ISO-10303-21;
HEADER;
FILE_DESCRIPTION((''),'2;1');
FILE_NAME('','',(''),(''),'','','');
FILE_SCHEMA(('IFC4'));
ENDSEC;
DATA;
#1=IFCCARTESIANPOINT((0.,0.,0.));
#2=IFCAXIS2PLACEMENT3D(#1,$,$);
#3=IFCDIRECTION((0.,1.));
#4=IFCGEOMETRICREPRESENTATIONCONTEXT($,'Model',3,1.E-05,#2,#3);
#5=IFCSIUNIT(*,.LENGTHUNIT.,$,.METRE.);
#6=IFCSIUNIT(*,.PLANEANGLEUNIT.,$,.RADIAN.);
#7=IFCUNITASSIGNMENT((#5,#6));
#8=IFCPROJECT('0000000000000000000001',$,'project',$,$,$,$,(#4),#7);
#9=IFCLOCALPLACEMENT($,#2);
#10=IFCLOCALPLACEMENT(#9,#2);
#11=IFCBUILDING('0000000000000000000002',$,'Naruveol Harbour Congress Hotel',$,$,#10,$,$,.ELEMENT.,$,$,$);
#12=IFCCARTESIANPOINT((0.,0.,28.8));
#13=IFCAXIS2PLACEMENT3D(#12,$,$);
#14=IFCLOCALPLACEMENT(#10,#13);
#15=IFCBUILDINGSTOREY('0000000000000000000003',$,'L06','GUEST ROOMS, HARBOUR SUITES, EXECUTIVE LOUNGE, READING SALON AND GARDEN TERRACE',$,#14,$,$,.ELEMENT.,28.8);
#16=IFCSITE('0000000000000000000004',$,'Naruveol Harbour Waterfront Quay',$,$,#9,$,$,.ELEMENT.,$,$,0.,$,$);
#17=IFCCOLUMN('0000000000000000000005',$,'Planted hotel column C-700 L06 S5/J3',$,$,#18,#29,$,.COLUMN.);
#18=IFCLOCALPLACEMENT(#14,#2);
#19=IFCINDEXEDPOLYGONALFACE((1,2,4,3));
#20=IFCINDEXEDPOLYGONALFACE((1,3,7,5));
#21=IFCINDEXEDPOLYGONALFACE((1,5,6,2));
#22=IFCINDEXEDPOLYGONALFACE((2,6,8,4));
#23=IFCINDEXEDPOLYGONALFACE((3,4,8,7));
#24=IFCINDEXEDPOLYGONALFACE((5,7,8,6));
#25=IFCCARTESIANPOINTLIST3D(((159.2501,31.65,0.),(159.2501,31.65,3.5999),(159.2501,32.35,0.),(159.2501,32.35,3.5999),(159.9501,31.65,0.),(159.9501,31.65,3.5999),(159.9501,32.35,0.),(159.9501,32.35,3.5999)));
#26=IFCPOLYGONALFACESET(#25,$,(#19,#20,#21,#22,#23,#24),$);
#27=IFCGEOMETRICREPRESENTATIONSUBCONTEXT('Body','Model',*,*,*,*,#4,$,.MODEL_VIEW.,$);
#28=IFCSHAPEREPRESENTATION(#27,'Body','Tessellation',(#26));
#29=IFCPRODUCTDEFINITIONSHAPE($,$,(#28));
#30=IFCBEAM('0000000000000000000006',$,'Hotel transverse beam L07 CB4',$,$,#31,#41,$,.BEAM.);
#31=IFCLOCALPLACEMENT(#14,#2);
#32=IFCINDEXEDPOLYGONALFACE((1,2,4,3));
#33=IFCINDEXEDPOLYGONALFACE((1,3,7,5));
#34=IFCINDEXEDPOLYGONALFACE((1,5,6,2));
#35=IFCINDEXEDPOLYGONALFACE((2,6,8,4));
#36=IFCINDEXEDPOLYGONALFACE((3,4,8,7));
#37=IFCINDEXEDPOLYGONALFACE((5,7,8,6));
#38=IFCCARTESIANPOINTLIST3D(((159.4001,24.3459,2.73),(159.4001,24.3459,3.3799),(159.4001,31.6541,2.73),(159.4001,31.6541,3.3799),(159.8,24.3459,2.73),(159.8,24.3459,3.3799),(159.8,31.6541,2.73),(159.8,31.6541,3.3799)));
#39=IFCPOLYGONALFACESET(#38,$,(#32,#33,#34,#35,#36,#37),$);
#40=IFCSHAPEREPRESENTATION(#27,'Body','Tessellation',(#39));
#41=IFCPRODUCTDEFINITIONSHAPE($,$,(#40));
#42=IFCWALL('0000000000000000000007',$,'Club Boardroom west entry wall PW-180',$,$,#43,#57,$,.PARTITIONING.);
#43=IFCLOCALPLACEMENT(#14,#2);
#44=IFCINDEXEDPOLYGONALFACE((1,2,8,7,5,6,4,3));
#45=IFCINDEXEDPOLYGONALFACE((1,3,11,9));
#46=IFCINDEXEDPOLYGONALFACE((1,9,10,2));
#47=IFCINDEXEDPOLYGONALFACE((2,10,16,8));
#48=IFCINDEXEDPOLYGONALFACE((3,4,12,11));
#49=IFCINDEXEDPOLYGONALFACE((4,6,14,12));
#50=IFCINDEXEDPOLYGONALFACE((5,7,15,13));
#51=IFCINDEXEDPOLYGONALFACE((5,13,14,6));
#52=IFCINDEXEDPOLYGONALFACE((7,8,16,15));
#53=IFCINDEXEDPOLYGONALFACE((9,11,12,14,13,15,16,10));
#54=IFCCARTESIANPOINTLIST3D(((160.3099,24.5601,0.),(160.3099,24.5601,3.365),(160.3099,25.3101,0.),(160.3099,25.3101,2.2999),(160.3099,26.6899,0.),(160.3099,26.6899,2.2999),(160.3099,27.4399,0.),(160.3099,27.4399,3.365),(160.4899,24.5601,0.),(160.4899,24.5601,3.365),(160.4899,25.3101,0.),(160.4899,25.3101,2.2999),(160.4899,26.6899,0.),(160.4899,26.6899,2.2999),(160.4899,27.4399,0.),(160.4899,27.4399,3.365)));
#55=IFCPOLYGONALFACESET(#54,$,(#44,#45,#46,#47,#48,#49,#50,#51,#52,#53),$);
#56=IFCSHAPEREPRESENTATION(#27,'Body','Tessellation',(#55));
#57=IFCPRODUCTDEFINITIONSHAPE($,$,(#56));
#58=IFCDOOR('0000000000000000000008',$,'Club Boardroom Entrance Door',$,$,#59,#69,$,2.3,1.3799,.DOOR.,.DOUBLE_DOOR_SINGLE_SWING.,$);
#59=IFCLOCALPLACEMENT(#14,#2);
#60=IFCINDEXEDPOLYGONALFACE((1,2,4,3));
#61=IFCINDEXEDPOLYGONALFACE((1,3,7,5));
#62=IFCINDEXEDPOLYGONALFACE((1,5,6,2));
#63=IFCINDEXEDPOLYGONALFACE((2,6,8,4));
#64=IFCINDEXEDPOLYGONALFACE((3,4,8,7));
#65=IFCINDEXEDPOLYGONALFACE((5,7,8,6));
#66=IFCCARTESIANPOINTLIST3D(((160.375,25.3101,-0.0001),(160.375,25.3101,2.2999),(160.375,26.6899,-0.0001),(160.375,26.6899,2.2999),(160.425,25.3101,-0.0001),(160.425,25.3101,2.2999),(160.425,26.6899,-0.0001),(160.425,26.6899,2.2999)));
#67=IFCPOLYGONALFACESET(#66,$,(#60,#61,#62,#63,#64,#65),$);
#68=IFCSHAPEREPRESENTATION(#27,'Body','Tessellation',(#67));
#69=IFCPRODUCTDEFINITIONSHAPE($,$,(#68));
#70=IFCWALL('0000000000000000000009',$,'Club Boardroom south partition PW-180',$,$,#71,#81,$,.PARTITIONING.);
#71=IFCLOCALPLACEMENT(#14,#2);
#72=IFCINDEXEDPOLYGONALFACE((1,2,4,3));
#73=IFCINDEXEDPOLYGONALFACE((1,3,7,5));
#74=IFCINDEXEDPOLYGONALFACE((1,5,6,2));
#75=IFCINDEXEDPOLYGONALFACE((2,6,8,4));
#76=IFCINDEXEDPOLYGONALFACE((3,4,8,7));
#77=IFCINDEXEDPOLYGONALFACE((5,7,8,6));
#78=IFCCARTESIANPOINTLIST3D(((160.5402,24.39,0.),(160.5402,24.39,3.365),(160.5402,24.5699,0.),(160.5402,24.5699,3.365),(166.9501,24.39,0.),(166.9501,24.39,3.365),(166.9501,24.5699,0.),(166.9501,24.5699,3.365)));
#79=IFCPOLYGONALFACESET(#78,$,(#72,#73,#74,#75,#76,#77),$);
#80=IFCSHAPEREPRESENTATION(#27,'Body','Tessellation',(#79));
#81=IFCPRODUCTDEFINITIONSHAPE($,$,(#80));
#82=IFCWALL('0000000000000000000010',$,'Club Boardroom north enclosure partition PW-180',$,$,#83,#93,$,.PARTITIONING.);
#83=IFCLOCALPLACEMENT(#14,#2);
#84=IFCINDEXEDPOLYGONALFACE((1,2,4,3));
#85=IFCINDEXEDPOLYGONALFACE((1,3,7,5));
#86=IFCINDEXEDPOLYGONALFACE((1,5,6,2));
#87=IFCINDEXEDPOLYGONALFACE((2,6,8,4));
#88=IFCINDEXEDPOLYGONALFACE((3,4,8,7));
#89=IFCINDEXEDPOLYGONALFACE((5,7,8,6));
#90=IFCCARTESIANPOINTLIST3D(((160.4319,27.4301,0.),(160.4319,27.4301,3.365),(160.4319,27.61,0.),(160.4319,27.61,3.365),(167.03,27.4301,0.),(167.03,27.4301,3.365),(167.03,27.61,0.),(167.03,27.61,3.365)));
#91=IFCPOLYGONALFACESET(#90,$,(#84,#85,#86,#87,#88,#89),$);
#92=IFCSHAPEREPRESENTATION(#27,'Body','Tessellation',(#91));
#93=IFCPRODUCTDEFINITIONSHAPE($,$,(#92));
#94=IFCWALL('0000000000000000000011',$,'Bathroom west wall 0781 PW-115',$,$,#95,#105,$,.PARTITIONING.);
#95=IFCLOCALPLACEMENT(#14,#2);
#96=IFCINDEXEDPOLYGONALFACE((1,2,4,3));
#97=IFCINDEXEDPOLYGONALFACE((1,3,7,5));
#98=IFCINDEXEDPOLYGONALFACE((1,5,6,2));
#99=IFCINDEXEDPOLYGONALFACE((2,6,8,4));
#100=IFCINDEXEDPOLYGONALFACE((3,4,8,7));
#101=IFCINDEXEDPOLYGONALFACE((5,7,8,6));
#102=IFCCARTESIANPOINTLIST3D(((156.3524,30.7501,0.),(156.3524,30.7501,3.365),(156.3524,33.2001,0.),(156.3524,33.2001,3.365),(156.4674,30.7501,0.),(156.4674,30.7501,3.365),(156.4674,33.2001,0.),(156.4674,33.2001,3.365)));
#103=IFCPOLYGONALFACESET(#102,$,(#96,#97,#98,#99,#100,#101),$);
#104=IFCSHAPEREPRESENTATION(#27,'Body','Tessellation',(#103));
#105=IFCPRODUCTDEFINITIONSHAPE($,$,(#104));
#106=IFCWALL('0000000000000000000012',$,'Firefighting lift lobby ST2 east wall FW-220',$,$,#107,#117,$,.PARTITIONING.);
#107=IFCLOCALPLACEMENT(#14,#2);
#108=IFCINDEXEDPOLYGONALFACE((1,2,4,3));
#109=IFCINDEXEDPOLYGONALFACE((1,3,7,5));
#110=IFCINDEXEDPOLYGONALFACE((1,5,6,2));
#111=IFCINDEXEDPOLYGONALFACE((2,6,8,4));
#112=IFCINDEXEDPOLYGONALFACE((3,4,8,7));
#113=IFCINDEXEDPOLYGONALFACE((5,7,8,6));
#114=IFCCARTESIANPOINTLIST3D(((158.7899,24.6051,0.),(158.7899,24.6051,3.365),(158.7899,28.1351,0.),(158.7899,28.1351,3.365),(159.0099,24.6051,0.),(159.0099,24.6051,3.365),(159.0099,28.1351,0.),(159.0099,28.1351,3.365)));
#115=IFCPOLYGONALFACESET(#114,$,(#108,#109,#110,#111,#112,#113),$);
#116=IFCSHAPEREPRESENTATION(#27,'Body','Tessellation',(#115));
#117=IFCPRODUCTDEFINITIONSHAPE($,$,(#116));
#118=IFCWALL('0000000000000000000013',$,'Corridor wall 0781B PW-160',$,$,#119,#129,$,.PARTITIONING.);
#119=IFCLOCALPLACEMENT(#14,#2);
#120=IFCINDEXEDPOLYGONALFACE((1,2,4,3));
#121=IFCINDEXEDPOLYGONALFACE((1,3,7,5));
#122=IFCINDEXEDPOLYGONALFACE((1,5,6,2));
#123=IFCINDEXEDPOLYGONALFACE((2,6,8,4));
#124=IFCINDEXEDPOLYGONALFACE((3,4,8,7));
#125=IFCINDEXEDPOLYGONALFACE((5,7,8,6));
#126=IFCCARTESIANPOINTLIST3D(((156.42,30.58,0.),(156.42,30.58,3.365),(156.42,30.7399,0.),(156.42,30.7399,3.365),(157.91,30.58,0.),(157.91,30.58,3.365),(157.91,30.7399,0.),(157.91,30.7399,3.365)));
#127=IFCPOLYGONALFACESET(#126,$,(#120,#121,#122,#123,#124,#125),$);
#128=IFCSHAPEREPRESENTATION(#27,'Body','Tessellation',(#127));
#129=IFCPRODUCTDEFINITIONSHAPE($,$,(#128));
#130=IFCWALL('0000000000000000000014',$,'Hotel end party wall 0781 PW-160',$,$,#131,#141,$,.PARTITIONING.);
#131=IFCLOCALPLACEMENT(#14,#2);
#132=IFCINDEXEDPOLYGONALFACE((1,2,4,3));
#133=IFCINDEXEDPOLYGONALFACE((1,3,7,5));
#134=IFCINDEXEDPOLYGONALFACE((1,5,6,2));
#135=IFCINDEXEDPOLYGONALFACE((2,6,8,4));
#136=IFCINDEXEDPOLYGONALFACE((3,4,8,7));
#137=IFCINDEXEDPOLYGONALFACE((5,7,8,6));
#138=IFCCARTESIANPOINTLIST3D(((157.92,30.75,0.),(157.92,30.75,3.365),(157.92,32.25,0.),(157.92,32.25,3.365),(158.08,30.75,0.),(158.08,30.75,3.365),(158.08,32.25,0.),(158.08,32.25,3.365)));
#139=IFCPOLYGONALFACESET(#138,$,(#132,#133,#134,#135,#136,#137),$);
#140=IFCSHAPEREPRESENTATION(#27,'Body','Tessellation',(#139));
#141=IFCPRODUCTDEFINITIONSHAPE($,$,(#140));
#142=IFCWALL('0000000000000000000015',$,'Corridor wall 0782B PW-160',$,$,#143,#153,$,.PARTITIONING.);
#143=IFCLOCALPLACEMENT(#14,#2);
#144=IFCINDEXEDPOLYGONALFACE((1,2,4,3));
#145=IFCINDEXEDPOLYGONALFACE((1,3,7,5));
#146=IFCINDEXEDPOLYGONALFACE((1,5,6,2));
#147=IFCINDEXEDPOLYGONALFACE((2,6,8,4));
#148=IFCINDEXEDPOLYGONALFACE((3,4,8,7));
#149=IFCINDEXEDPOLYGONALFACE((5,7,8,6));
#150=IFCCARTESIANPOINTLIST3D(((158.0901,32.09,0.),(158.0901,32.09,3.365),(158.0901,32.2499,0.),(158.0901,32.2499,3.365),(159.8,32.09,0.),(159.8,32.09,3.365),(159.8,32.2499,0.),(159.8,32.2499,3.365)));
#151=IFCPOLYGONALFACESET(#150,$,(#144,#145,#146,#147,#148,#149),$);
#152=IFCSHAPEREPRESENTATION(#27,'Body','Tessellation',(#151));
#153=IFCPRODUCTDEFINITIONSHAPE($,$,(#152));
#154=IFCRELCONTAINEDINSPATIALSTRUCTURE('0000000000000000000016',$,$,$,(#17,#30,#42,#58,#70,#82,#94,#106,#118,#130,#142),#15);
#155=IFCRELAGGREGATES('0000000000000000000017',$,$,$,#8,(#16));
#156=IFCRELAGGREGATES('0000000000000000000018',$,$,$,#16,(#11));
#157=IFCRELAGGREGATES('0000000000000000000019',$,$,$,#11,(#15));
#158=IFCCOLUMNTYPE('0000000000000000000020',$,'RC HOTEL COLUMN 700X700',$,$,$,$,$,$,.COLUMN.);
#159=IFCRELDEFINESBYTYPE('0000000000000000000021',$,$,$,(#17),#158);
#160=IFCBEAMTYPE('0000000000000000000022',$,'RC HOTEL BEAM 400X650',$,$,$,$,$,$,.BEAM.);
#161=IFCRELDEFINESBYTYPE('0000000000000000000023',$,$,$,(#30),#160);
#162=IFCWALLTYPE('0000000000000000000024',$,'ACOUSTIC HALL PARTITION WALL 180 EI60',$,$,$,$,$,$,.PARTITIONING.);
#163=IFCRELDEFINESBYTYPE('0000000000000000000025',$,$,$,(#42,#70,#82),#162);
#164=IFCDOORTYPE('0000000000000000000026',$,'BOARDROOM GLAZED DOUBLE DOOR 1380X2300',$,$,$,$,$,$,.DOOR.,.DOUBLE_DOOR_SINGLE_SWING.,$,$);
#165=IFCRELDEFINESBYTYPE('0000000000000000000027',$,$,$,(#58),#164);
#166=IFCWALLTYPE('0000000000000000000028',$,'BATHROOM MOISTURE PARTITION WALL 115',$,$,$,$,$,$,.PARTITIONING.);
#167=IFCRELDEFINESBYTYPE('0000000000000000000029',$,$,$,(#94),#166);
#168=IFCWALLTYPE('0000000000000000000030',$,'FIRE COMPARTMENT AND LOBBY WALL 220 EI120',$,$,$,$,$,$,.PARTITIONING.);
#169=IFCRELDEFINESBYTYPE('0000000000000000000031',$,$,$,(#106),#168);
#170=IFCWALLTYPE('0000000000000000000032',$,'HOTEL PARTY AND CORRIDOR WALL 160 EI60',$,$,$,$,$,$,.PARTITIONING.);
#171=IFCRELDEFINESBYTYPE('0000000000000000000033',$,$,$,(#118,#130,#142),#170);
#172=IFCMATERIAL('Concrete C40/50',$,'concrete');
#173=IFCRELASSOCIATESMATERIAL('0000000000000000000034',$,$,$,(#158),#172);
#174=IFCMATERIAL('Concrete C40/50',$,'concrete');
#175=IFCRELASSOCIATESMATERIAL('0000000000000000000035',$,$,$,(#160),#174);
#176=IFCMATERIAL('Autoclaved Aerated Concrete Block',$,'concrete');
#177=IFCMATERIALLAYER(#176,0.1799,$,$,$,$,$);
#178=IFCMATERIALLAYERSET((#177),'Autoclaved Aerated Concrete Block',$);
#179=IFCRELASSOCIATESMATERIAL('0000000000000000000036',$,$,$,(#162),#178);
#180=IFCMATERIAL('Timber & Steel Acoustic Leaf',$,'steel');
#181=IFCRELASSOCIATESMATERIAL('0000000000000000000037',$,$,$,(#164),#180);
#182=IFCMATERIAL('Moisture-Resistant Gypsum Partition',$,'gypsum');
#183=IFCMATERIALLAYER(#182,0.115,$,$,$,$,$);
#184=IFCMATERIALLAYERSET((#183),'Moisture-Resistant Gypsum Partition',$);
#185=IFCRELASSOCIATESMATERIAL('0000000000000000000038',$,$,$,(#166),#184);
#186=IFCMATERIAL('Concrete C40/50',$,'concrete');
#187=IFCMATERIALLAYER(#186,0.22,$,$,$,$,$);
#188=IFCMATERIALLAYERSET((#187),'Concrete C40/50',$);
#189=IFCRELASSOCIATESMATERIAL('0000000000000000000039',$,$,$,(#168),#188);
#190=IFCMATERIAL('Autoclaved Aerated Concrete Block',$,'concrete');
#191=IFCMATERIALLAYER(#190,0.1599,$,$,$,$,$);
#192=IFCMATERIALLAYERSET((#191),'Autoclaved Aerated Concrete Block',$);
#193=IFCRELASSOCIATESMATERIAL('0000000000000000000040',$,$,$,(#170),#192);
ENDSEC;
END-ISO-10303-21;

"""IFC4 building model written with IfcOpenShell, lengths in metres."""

from ifc_helpers import new_model, si_unit, direction, frame, frame_2d, origin, origin_2d, place, context, subcontext, project, spatial, rectangle, extrude, material, layer, layer_set, material_profile, profile_set, type_object, element, fill, save


model = new_model("IFC4")

# Units and contexts
model_context = context("Model", 3, precision=1e-05, world=origin(), true_north=direction((0.0, 1.0)))
body_context = subcontext(model_context, "Body", "Model", "MODEL_VIEW")
ifc_project = project(units=[si_unit("LENGTHUNIT", "METRE"), si_unit("PLANEANGLEUNIT", "RADIAN")], contexts=[model_context])

# Site, building, storey
site_placement = place(None, origin())
site = spatial("IfcSite", under=ifc_project, at=site_placement, Name="Naruveol Harbour Waterfront Quay", CompositionType="ELEMENT", RefElevation=0.0)
building_placement = place(site_placement, origin())
building = spatial("IfcBuilding", under=site, at=building_placement, Name="Naruveol Harbour Congress Hotel", CompositionType="ELEMENT")
storey_placement = place(building_placement, frame((0.0, 0.0, 28.8)))
storey = spatial("IfcBuildingStorey", under=building, at=storey_placement, Name="L06", Description="GUEST ROOMS, HARBOUR SUITES, EXECUTIVE LOUNGE, READING SALON AND GARDEN TERRACE", CompositionType="ELEMENT", Elevation=28.8)

# Column
ifc_material_1 = material(Name="Concrete C40/50", Category="concrete")
ifc_material_profile_1 = material_profile(ifc_material_1, rectangle(XDim=0.7, YDim=0.7, at=origin_2d()), Name="RC-700x700")
ifc_profile_set_1 = profile_set([ifc_material_profile_1], Name="Concrete C40/50")
column_type = type_object("IfcColumnType", Name="RC HOTEL COLUMN 700X700", PredefinedType="COLUMN", material=ifc_profile_set_1)
column_placement = place(storey_placement, frame((159.6001, 32.0, 0.0), z_axis=(0.0, 0.0, 1.0), x_axis=(1.0, 0.0, 0.0)))
element("IfcColumn", 1, at=column_placement, inside=storey, type_object=column_type, Name="Planted hotel column C-700 L06 S5/J3", PredefinedType="COLUMN", context=body_context, shape_type="SweptSolid", body=[
    extrude(rectangle(XDim=0.7, YDim=0.7, at=origin_2d()), origin(), (0.0, 0.0, 1.0), 3.5999),
])

# Beam
ifc_material_2 = material(Name="Concrete C40/50", Category="concrete")
ifc_material_profile_2 = material_profile(ifc_material_2, rectangle(XDim=0.3999, YDim=0.6499, at=origin_2d()), Name="RCB-400x650")
ifc_profile_set_2 = profile_set([ifc_material_profile_2], Name="Concrete C40/50")
beam_type = type_object("IfcBeamType", Name="RC HOTEL BEAM 400X650", PredefinedType="BEAM", material=ifc_profile_set_2)
beam_placement = place(storey_placement, frame((159.6001, 24.3459, 3.0549), z_axis=(0.0, 1.0, 0.0), x_axis=(-1.0, 0.0, 0.0)))
element("IfcBeam", 2, at=beam_placement, inside=storey, type_object=beam_type, Name="Hotel transverse beam L07 CB4", PredefinedType="BEAM", context=body_context, shape_type="SweptSolid", body=[
    extrude(rectangle(XDim=0.3999, YDim=0.6499, at=origin_2d()), origin(), (0.0, 0.0, 1.0), 7.3081),
])

# Wall, opening, door
ifc_material_3 = material(Name="Autoclaved Aerated Concrete Block", Category="concrete")
ifc_layer_1 = layer(ifc_material_3, 0.1799)
ifc_layer_set_1 = layer_set([ifc_layer_1], Name="Autoclaved Aerated Concrete Block")
wall_type_1 = type_object("IfcWallType", Name="ACOUSTIC HALL PARTITION WALL 180 EI60", PredefinedType="PARTITIONING", material=ifc_layer_set_1)
wall_1_placement = place(storey_placement, frame((160.3999, 24.5601, 0.0), z_axis=(0.0, 0.0, 1.0), x_axis=(0.0, 1.0, 0.0)))
wall_1 = element("IfcWall", 3, at=wall_1_placement, inside=storey, type_object=wall_type_1, Name="Club Boardroom west entry wall PW-180", PredefinedType="PARTITIONING", context=body_context, shape_type="SweptSolid", body=[
    extrude(rectangle(XDim=2.8799, YDim=0.1799, at=frame_2d((1.4399, 0.0))), origin(), (0.0, 0.0, 1.0), 3.365),
])
opening_1_placement = place(wall_1_placement, frame((0.75, 0.0, 0.0)))
opening_1 = element("IfcOpeningElement", 4, at=opening_1_placement, cuts=wall_1, PredefinedType="OPENING", context=body_context, shape_type="SweptSolid", body=[
    extrude(rectangle(XDim=1.3799, YDim=2.3, at=frame_2d((0.6899, 1.1499))), frame((0.0, 0.0999, 0.0), z_axis=(0.0, -1.0, 0.0), x_axis=(1.0, 0.0, 0.0)), (0.0, 0.0, 1.0), 0.2),
])
ifc_material_4 = material(Name="Timber & Steel Acoustic Leaf", Category="steel")
door_type_1 = type_object("IfcDoorType", Name="BOARDROOM GLAZED DOUBLE DOOR 1380X2300", OperationType="DOUBLE_DOOR_SINGLE_SWING", PredefinedType="DOOR", material=ifc_material_4)
door_1_placement = place(opening_1_placement, origin())
door_1 = element("IfcDoor", 5, at=door_1_placement, inside=storey, type_object=door_type_1, Name="Club Boardroom Entrance Door", OperationType="DOUBLE_DOOR_SINGLE_SWING", OverallHeight=2.3, OverallWidth=1.3799, PredefinedType="DOOR", context=body_context, shape_type="SweptSolid", body=[
    extrude(rectangle(XDim=1.3799, YDim=2.3, at=frame_2d((0.6899, 1.1499))), frame((0.0, 0.0249, 0.0), z_axis=(0.0, -1.0, 0.0), x_axis=(1.0, 0.0, 0.0)), (0.0, 0.0, 1.0), 0.05),
])
fill(opening_1, door_1)

# Walls
wall_2_placement = place(storey_placement, frame((160.54, 24.48, 0.0), z_axis=(0.0, 0.0, 1.0), x_axis=(1.0, 0.0, 0.0)))
element("IfcWall", 6, at=wall_2_placement, inside=storey, type_object=wall_type_1, Name="Club Boardroom south partition PW-180", PredefinedType="PARTITIONING", context=body_context, shape_type="SweptSolid", body=[
    extrude(rectangle(XDim=6.4099, YDim=0.1799, at=frame_2d((3.2051, 0.0))), origin(), (0.0, 0.0, 1.0), 3.365),
])
wall_3_placement = place(storey_placement, frame((160.4319, 27.52, 0.0), z_axis=(0.0, 0.0, 1.0), x_axis=(1.0, 0.0, 0.0)))
element("IfcWall", 7, at=wall_3_placement, inside=storey, type_object=wall_type_1, Name="Club Boardroom north enclosure partition PW-180", PredefinedType="PARTITIONING", context=body_context, shape_type="SweptSolid", body=[
    extrude(rectangle(XDim=6.5981, YDim=0.1799, at=frame_2d((3.2991, 0.0))), origin(), (0.0, 0.0, 1.0), 3.365),
])
ifc_material_5 = material(Name="Moisture-Resistant Gypsum Partition", Category="gypsum")
ifc_layer_2 = layer(ifc_material_5, 0.115)
ifc_layer_set_2 = layer_set([ifc_layer_2], Name="Moisture-Resistant Gypsum Partition")
wall_type_2 = type_object("IfcWallType", Name="BATHROOM MOISTURE PARTITION WALL 115", PredefinedType="PARTITIONING", material=ifc_layer_set_2)
wall_4_placement = place(storey_placement, frame((156.4099, 30.75, 0.0), z_axis=(0.0, 0.0, 1.0), x_axis=(0.0, 1.0, 0.0)))
element("IfcWall", 8, at=wall_4_placement, inside=storey, type_object=wall_type_2, Name="Bathroom west wall 0781 PW-115", PredefinedType="PARTITIONING", context=body_context, shape_type="SweptSolid", body=[
    extrude(rectangle(XDim=2.45, YDim=0.115, at=frame_2d((1.2251, 0.0))), origin(), (0.0, 0.0, 1.0), 3.365),
])
ifc_material_6 = material(Name="Concrete C40/50", Category="concrete")
ifc_layer_3 = layer(ifc_material_6, 0.22)
ifc_layer_set_3 = layer_set([ifc_layer_3], Name="Concrete C40/50")
wall_type_3 = type_object("IfcWallType", Name="FIRE COMPARTMENT AND LOBBY WALL 220 EI120", PredefinedType="PARTITIONING", material=ifc_layer_set_3)
wall_5_placement = place(storey_placement, frame((158.8999, 24.605, 0.0), z_axis=(0.0, 0.0, 1.0), x_axis=(0.0, 1.0, 0.0)))
element("IfcWall", 9, at=wall_5_placement, inside=storey, type_object=wall_type_3, Name="Firefighting lift lobby ST2 east wall FW-220", PredefinedType="PARTITIONING", context=body_context, shape_type="SweptSolid", body=[
    extrude(rectangle(XDim=3.53, YDim=0.22, at=frame_2d((1.7651, 0.0))), origin(), (0.0, 0.0, 1.0), 3.365),
])
ifc_material_7 = material(Name="Autoclaved Aerated Concrete Block", Category="concrete")
ifc_layer_4 = layer(ifc_material_7, 0.1599)
ifc_layer_set_4 = layer_set([ifc_layer_4], Name="Autoclaved Aerated Concrete Block")
wall_type_4 = type_object("IfcWallType", Name="HOTEL PARTY AND CORRIDOR WALL 160 EI60", PredefinedType="PARTITIONING", material=ifc_layer_set_4)
wall_6_placement = place(storey_placement, frame((156.4199, 30.6599, 0.0), z_axis=(0.0, 0.0, 1.0), x_axis=(1.0, 0.0, 0.0)))
element("IfcWall", 10, at=wall_6_placement, inside=storey, type_object=wall_type_4, Name="Corridor wall 0781B PW-160", PredefinedType="PARTITIONING", context=body_context, shape_type="SweptSolid", body=[
    extrude(rectangle(XDim=1.49, YDim=0.1599, at=frame_2d((0.7451, 0.0))), origin(), (0.0, 0.0, 1.0), 3.365),
])
wall_7_placement = place(storey_placement, frame((158.0, 30.75, 0.0), z_axis=(0.0, 0.0, 1.0), x_axis=(0.0, 1.0, 0.0)))
element("IfcWall", 11, at=wall_7_placement, inside=storey, type_object=wall_type_4, Name="Hotel end party wall 0781 PW-160", PredefinedType="PARTITIONING", context=body_context, shape_type="SweptSolid", body=[
    extrude(rectangle(XDim=1.5, YDim=0.1599, at=frame_2d((0.75, 0.0))), origin(), (0.0, 0.0, 1.0), 3.365),
])
wall_8_placement = place(storey_placement, frame((158.0901, 32.1699, 0.0), z_axis=(0.0, 0.0, 1.0), x_axis=(1.0, 0.0, 0.0)))
element("IfcWall", 12, at=wall_8_placement, inside=storey, type_object=wall_type_4, Name="Corridor wall 0782B PW-160", PredefinedType="PARTITIONING", context=body_context, shape_type="SweptSolid", body=[
    extrude(rectangle(XDim=1.71, YDim=0.1599, at=frame_2d((0.855, 0.0))), origin(), (0.0, 0.0, 1.0), 3.365),
])

save(model, "model.ifc")
